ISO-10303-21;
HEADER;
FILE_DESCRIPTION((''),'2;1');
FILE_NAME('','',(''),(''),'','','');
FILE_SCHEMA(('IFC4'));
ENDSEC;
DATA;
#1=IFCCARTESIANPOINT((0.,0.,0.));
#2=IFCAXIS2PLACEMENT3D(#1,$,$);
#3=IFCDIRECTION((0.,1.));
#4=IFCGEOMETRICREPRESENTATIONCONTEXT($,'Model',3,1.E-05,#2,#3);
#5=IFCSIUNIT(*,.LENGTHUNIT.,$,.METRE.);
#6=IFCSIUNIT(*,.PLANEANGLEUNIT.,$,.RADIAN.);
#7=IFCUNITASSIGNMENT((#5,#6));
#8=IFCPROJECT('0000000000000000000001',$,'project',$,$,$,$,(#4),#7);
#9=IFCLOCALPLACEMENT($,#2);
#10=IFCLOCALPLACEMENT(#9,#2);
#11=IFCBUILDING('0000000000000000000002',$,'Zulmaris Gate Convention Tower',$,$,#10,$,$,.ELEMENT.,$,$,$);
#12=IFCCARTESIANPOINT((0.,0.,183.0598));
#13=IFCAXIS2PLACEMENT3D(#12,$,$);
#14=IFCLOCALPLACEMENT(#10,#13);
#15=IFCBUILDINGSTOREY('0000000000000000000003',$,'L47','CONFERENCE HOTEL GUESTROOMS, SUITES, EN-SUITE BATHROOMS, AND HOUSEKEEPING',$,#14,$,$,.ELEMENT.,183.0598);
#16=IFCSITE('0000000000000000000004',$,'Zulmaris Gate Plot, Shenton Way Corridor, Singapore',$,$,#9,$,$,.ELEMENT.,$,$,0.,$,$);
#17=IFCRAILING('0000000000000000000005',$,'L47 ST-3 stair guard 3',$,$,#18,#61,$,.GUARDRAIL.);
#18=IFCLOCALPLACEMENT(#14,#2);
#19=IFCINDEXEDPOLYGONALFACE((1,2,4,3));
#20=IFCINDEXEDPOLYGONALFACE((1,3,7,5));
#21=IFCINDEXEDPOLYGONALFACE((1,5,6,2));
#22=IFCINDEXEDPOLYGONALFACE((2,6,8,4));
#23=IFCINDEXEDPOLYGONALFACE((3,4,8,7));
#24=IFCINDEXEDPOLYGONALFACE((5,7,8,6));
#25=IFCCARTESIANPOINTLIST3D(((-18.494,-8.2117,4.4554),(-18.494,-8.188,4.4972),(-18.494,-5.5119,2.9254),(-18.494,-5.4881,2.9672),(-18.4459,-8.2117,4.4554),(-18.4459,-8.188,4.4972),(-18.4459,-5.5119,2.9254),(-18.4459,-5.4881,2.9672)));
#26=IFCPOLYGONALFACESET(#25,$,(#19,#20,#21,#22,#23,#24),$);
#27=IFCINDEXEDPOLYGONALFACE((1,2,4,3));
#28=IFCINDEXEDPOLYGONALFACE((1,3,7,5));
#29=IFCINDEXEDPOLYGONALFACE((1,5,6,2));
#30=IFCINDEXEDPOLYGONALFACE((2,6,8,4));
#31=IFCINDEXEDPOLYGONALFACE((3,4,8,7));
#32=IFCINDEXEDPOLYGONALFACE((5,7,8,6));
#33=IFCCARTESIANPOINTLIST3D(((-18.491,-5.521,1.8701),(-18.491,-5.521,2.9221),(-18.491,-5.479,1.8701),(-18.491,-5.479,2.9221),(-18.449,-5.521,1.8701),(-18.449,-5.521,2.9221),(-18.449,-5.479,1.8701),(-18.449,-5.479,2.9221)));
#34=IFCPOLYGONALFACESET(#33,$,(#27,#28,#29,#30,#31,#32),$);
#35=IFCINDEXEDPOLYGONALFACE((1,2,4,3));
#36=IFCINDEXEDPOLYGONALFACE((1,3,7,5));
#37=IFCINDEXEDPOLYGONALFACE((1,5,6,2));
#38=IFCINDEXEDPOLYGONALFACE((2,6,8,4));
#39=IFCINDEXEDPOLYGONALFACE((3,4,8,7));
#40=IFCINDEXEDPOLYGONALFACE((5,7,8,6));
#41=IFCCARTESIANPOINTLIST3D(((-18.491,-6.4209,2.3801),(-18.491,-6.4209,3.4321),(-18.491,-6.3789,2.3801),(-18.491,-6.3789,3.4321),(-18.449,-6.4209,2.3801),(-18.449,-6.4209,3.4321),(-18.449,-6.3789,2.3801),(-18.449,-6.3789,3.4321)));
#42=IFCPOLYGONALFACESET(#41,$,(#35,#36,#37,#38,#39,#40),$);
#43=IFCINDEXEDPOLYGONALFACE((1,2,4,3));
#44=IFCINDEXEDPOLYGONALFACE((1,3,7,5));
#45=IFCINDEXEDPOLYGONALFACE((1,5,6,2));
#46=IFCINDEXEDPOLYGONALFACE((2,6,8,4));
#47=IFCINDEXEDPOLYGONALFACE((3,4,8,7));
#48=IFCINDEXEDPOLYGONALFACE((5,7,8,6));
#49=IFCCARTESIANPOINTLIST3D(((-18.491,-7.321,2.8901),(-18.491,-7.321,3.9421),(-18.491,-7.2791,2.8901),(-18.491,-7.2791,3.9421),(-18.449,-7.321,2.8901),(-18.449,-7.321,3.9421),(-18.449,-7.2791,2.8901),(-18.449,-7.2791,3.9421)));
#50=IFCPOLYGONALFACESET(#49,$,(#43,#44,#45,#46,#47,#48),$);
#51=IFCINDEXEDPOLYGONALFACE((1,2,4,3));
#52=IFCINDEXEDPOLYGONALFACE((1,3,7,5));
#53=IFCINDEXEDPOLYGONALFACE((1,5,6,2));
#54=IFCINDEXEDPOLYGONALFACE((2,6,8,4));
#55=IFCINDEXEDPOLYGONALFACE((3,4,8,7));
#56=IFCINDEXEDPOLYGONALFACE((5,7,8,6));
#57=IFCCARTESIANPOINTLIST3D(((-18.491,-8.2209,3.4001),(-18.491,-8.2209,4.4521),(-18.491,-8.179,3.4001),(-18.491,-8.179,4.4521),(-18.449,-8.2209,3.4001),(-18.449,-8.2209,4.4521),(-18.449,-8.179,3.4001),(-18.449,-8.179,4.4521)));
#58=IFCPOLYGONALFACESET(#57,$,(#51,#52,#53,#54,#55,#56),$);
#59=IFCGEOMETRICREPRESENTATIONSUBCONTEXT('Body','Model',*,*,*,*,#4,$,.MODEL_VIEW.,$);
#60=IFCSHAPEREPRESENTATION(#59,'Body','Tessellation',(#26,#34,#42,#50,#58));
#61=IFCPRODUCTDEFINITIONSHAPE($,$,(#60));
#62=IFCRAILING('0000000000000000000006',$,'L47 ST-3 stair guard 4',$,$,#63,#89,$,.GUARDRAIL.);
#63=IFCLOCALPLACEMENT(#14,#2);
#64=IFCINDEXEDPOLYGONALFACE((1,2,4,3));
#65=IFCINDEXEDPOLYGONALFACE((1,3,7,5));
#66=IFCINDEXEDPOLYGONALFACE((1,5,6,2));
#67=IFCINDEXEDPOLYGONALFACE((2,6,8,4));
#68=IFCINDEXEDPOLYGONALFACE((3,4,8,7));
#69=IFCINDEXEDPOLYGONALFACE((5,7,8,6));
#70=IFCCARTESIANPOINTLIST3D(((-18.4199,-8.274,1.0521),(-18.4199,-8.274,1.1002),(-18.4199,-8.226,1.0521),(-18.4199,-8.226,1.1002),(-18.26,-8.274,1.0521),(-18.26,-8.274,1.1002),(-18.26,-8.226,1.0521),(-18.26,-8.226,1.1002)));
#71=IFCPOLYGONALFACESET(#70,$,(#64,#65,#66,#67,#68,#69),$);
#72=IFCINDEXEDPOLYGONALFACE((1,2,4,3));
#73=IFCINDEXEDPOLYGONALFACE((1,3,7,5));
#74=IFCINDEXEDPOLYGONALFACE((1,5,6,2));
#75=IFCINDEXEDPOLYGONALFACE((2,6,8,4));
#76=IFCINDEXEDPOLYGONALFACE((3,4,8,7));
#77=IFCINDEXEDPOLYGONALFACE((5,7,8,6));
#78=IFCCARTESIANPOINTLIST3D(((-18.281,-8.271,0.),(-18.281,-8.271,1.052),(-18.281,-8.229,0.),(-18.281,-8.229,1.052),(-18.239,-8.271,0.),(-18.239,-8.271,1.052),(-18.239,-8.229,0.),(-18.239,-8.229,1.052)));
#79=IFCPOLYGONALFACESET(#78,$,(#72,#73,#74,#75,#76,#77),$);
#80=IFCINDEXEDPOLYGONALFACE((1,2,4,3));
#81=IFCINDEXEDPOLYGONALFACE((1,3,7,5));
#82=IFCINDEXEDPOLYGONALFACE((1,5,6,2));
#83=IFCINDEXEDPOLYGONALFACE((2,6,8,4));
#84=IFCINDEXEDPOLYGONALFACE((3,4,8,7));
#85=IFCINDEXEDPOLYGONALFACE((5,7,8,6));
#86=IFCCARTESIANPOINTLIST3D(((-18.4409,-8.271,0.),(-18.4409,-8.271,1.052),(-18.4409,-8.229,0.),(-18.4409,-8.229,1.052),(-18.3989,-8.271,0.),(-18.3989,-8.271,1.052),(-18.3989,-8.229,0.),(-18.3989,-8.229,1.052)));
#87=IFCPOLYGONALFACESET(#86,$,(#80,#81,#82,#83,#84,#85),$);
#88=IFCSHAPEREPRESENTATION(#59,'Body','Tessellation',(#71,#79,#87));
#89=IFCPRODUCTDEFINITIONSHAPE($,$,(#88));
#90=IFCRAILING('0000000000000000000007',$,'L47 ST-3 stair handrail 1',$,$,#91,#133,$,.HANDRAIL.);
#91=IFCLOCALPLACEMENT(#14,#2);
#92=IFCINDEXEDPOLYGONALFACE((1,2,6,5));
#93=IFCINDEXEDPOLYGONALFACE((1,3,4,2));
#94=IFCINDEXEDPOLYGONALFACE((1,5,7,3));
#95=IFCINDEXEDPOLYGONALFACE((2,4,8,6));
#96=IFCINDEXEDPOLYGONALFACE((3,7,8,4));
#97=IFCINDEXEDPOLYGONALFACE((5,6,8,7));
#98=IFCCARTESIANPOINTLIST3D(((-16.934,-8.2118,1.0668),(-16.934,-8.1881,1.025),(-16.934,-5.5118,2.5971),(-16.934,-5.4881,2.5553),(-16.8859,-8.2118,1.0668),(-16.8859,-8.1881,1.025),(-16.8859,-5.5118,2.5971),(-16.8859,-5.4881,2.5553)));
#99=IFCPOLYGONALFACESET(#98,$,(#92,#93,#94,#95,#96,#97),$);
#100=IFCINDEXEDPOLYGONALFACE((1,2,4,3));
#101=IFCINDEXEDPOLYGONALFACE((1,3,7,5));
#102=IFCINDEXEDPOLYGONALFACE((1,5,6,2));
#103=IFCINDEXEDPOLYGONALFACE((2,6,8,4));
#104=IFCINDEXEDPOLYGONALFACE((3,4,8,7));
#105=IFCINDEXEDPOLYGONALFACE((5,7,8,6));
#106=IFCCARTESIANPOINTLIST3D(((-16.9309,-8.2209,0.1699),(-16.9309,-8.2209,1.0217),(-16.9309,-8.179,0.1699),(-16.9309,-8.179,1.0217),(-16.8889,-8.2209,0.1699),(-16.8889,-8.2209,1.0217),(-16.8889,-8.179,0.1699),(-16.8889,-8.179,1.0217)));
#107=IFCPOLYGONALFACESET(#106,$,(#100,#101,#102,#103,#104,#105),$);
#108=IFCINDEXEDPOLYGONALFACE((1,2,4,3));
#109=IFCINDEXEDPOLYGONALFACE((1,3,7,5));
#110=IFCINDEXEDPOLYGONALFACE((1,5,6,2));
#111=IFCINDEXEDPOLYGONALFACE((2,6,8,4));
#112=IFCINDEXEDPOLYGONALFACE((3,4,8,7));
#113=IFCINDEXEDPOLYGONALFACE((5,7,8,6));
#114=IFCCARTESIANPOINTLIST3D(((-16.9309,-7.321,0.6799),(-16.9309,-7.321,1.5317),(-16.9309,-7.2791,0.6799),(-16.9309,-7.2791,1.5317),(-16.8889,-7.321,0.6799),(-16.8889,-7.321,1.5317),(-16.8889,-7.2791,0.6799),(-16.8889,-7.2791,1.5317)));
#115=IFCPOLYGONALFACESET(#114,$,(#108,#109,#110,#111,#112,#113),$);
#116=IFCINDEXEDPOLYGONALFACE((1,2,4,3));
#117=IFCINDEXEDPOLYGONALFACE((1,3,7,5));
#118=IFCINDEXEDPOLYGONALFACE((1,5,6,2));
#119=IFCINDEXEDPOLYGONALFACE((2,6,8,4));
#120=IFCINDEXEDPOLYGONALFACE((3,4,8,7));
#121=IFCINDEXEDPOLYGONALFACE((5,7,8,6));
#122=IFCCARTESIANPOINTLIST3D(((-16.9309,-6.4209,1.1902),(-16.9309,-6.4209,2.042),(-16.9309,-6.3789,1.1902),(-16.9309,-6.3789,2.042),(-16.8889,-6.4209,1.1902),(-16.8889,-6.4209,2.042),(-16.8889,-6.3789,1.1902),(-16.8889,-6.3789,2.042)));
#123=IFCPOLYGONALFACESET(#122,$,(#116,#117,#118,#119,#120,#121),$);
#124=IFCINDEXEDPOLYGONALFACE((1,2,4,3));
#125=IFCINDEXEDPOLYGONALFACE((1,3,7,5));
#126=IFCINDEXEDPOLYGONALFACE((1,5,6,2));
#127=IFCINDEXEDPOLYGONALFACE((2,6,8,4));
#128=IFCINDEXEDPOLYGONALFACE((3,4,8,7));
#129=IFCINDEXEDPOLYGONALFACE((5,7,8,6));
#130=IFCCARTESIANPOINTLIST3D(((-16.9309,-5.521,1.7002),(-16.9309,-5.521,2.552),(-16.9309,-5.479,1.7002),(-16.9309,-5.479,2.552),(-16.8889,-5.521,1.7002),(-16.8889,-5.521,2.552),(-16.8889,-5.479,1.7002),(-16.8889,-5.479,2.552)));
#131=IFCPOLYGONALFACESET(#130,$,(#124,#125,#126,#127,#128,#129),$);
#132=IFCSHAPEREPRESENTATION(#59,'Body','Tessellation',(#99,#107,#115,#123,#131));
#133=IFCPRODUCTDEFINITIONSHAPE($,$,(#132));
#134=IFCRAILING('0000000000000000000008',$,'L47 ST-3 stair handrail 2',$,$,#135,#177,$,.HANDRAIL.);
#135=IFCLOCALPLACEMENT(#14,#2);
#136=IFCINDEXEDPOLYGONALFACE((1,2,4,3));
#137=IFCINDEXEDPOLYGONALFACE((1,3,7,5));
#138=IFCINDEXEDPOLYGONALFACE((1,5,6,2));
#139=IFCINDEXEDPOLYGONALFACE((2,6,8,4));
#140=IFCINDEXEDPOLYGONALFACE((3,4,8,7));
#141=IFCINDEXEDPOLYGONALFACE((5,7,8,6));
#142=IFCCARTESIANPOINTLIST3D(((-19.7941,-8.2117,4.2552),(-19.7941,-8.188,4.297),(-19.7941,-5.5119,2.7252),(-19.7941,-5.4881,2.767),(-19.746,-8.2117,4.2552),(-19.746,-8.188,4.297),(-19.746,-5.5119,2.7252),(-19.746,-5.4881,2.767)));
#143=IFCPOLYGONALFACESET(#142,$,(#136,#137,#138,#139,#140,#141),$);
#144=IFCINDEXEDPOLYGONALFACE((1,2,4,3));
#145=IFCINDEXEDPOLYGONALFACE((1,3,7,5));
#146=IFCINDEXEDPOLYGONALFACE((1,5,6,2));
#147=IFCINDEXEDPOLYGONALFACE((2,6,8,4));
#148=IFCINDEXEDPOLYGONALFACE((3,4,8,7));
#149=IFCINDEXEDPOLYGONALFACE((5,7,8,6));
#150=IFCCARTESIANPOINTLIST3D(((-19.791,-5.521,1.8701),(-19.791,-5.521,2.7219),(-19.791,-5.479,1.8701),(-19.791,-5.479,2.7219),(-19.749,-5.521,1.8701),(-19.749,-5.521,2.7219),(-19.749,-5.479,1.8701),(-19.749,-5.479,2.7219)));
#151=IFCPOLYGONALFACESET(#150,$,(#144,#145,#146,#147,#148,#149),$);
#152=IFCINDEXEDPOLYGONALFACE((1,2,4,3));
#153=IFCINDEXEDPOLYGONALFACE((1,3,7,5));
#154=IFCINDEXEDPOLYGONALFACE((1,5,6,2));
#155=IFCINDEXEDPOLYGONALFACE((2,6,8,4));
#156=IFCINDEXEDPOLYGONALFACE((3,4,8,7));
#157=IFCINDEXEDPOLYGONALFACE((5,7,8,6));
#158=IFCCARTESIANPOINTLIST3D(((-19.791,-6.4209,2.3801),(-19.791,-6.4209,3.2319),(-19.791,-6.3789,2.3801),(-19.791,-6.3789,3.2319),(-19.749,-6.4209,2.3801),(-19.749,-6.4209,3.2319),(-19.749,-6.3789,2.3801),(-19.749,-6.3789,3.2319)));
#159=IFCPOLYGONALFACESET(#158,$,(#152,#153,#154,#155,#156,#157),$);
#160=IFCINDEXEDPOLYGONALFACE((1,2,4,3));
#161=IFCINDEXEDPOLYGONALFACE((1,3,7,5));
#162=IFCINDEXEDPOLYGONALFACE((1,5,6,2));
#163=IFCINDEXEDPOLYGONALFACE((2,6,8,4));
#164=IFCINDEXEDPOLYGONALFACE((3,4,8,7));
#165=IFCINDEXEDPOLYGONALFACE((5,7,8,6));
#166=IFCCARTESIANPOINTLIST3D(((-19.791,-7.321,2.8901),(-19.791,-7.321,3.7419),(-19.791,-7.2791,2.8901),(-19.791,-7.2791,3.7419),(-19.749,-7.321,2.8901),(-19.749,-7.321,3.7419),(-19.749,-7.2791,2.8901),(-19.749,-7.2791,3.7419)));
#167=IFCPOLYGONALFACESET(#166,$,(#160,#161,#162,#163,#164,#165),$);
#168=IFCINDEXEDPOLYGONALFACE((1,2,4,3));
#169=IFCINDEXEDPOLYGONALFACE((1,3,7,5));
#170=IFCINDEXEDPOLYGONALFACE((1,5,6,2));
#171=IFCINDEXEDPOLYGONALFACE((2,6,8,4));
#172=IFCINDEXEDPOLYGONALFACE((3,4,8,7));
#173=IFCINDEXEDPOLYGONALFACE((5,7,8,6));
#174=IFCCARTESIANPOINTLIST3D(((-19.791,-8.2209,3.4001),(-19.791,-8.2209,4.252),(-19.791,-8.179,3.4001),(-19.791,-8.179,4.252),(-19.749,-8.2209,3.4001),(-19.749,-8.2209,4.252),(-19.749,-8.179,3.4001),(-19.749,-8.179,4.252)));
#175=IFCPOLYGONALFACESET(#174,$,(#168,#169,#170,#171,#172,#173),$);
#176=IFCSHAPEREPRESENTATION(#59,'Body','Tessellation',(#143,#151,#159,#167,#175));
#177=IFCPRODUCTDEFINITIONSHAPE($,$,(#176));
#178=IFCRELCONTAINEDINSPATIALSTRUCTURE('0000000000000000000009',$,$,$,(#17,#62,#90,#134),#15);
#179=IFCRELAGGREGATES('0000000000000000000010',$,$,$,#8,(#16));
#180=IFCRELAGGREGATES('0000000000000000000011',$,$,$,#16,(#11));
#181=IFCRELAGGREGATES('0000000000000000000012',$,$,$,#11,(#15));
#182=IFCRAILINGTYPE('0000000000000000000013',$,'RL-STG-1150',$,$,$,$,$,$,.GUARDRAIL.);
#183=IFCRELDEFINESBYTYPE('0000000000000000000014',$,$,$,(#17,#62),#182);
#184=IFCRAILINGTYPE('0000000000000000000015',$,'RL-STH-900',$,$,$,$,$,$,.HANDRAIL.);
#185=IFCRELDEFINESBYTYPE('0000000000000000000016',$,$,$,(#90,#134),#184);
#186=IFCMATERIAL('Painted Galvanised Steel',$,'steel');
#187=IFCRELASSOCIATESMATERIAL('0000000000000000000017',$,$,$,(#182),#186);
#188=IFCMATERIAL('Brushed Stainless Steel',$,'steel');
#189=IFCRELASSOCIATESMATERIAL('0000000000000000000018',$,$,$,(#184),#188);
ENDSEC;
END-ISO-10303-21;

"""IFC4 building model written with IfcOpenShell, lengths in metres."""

from ifc_helpers import new_model, si_unit, direction, frame, origin, origin_2d, place, context, subcontext, project, spatial, rectangle, extrude, material, type_object, element, save


model = new_model("IFC4")

# Units and contexts
model_context = context("Model", 3, precision=1e-05, world=origin(), true_north=direction((0.0, 1.0)))
body_context = subcontext(model_context, "Body", "Model", "MODEL_VIEW")
ifc_project = project(units=[si_unit("LENGTHUNIT", "METRE"), si_unit("PLANEANGLEUNIT", "RADIAN")], contexts=[model_context])

# Site, building, storey
site_placement = place(None, origin())
site = spatial("IfcSite", under=ifc_project, at=site_placement, Name="Zulmaris Gate Plot, Shenton Way Corridor, Singapore", CompositionType="ELEMENT", RefElevation=0.0)
building_placement = place(site_placement, origin())
building = spatial("IfcBuilding", under=site, at=building_placement, Name="Zulmaris Gate Convention Tower", CompositionType="ELEMENT")
storey_placement = place(building_placement, frame((0.0, 0.0, 183.0598)))
storey = spatial("IfcBuildingStorey", under=building, at=storey_placement, Name="L47", Description="CONFERENCE HOTEL GUESTROOMS, SUITES, EN-SUITE BATHROOMS, AND HOUSEKEEPING", CompositionType="ELEMENT", Elevation=183.0598)

# Shared definitions
ifc_material_1 = material(Name="Brushed Stainless Steel", Category="steel")

# Railings
ifc_material_2 = material(Name="Painted Galvanised Steel", Category="steel")
railing_type_1 = type_object("IfcRailingType", Name="RL-STG-1150", PredefinedType="GUARDRAIL", material=ifc_material_2)
railing_1_placement = place(storey_placement, frame((-18.47, -5.5, 1.8701)))
element("IfcRailing", 1, at=railing_1_placement, inside=storey, type_object=railing_type_1, Name="L47 ST-3 stair guard 3", PredefinedType="GUARDRAIL", context=body_context, shape_type="SweptSolid", body=[
    extrude(rectangle(XDim=0.0481, YDim=0.0481, at=origin_2d()), frame((0.0, 0.0, 1.0762), z_axis=(0.0, -0.870014, 0.493026), x_axis=(1.0, 0.0, 0.0)), (0.0, 0.0, 1.0), 3.1033),
    extrude(rectangle(XDim=0.042, YDim=0.042, at=origin_2d()), origin(), (0.0, 0.0, 1.0), 1.052),
    extrude(rectangle(XDim=0.042, YDim=0.042, at=origin_2d()), frame((0.0, -0.8999, 0.51)), (0.0, 0.0, 1.0), 1.052),
    extrude(rectangle(XDim=0.042, YDim=0.042, at=origin_2d()), frame((0.0, -1.8, 1.02)), (0.0, 0.0, 1.0), 1.052),
    extrude(rectangle(XDim=0.042, YDim=0.042, at=origin_2d()), frame((0.0, -2.7, 1.53)), (0.0, 0.0, 1.0), 1.052),
])
railing_2_placement = place(storey_placement, frame((-18.26, -8.25, 0.0)))
element("IfcRailing", 2, at=railing_2_placement, inside=storey, type_object=railing_type_1, Name="L47 ST-3 stair guard 4", PredefinedType="GUARDRAIL", context=body_context, shape_type="SweptSolid", body=[
    extrude(rectangle(XDim=0.0481, YDim=0.0481, at=origin_2d()), frame((0.0, 0.0, 1.0762), z_axis=(-1.0, 0.0, 0.0), x_axis=(0.0, -1.0, 0.0)), (0.0, 0.0, 1.0), 0.1599),
    extrude(rectangle(XDim=0.042, YDim=0.042, at=origin_2d()), origin(), (0.0, 0.0, 1.0), 1.052),
    extrude(rectangle(XDim=0.042, YDim=0.042, at=origin_2d()), frame((-0.1599, 0.0, 0.0)), (0.0, 0.0, 1.0), 1.052),
])
railing_type_2 = type_object("IfcRailingType", Name="RL-STH-900", PredefinedType="HANDRAIL", material=ifc_material_1)
railing_3_placement = place(storey_placement, frame((-16.9099, -8.2, 0.1699)))
element("IfcRailing", 3, at=railing_3_placement, inside=storey, type_object=railing_type_2, Name="L47 ST-3 stair handrail 1", PredefinedType="HANDRAIL", context=body_context, shape_type="SweptSolid", body=[
    extrude(rectangle(XDim=0.0481, YDim=0.0481, at=origin_2d()), frame((0.0, 0.0, 0.876), z_axis=(0.0, 0.869981, 0.493086), x_axis=(-1.0, 0.0, 0.0)), (0.0, 0.0, 1.0), 3.1035),
    extrude(rectangle(XDim=0.042, YDim=0.042, at=origin_2d()), origin(), (0.0, 0.0, 1.0), 0.8518),
    extrude(rectangle(XDim=0.042, YDim=0.042, at=origin_2d()), frame((0.0, 0.8999, 0.51)), (0.0, 0.0, 1.0), 0.8518),
    extrude(rectangle(XDim=0.042, YDim=0.042, at=origin_2d()), frame((0.0, 1.8, 1.0203)), (0.0, 0.0, 1.0), 0.8518),
    extrude(rectangle(XDim=0.042, YDim=0.042, at=origin_2d()), frame((0.0, 2.7, 1.5303)), (0.0, 0.0, 1.0), 0.8518),
])
railing_4_placement = place(storey_placement, frame((-19.77, -5.5, 1.8701)))
element("IfcRailing", 4, at=railing_4_placement, inside=storey, type_object=railing_type_2, Name="L47 ST-3 stair handrail 2", PredefinedType="HANDRAIL", context=body_context, shape_type="SweptSolid", body=[
    extrude(rectangle(XDim=0.0481, YDim=0.0481, at=origin_2d()), frame((0.0, 0.0, 0.876), z_axis=(0.0, -0.870014, 0.493026), x_axis=(1.0, 0.0, 0.0)), (0.0, 0.0, 1.0), 3.1033),
    extrude(rectangle(XDim=0.042, YDim=0.042, at=origin_2d()), origin(), (0.0, 0.0, 1.0), 0.8518),
    extrude(rectangle(XDim=0.042, YDim=0.042, at=origin_2d()), frame((0.0, -0.8999, 0.51)), (0.0, 0.0, 1.0), 0.8518),
    extrude(rectangle(XDim=0.042, YDim=0.042, at=origin_2d()), frame((0.0, -1.8, 1.02)), (0.0, 0.0, 1.0), 0.8518),
    extrude(rectangle(XDim=0.042, YDim=0.042, at=origin_2d()), frame((0.0, -2.7, 1.53)), (0.0, 0.0, 1.0), 0.8518),
])

save(model, "model.ifc")
